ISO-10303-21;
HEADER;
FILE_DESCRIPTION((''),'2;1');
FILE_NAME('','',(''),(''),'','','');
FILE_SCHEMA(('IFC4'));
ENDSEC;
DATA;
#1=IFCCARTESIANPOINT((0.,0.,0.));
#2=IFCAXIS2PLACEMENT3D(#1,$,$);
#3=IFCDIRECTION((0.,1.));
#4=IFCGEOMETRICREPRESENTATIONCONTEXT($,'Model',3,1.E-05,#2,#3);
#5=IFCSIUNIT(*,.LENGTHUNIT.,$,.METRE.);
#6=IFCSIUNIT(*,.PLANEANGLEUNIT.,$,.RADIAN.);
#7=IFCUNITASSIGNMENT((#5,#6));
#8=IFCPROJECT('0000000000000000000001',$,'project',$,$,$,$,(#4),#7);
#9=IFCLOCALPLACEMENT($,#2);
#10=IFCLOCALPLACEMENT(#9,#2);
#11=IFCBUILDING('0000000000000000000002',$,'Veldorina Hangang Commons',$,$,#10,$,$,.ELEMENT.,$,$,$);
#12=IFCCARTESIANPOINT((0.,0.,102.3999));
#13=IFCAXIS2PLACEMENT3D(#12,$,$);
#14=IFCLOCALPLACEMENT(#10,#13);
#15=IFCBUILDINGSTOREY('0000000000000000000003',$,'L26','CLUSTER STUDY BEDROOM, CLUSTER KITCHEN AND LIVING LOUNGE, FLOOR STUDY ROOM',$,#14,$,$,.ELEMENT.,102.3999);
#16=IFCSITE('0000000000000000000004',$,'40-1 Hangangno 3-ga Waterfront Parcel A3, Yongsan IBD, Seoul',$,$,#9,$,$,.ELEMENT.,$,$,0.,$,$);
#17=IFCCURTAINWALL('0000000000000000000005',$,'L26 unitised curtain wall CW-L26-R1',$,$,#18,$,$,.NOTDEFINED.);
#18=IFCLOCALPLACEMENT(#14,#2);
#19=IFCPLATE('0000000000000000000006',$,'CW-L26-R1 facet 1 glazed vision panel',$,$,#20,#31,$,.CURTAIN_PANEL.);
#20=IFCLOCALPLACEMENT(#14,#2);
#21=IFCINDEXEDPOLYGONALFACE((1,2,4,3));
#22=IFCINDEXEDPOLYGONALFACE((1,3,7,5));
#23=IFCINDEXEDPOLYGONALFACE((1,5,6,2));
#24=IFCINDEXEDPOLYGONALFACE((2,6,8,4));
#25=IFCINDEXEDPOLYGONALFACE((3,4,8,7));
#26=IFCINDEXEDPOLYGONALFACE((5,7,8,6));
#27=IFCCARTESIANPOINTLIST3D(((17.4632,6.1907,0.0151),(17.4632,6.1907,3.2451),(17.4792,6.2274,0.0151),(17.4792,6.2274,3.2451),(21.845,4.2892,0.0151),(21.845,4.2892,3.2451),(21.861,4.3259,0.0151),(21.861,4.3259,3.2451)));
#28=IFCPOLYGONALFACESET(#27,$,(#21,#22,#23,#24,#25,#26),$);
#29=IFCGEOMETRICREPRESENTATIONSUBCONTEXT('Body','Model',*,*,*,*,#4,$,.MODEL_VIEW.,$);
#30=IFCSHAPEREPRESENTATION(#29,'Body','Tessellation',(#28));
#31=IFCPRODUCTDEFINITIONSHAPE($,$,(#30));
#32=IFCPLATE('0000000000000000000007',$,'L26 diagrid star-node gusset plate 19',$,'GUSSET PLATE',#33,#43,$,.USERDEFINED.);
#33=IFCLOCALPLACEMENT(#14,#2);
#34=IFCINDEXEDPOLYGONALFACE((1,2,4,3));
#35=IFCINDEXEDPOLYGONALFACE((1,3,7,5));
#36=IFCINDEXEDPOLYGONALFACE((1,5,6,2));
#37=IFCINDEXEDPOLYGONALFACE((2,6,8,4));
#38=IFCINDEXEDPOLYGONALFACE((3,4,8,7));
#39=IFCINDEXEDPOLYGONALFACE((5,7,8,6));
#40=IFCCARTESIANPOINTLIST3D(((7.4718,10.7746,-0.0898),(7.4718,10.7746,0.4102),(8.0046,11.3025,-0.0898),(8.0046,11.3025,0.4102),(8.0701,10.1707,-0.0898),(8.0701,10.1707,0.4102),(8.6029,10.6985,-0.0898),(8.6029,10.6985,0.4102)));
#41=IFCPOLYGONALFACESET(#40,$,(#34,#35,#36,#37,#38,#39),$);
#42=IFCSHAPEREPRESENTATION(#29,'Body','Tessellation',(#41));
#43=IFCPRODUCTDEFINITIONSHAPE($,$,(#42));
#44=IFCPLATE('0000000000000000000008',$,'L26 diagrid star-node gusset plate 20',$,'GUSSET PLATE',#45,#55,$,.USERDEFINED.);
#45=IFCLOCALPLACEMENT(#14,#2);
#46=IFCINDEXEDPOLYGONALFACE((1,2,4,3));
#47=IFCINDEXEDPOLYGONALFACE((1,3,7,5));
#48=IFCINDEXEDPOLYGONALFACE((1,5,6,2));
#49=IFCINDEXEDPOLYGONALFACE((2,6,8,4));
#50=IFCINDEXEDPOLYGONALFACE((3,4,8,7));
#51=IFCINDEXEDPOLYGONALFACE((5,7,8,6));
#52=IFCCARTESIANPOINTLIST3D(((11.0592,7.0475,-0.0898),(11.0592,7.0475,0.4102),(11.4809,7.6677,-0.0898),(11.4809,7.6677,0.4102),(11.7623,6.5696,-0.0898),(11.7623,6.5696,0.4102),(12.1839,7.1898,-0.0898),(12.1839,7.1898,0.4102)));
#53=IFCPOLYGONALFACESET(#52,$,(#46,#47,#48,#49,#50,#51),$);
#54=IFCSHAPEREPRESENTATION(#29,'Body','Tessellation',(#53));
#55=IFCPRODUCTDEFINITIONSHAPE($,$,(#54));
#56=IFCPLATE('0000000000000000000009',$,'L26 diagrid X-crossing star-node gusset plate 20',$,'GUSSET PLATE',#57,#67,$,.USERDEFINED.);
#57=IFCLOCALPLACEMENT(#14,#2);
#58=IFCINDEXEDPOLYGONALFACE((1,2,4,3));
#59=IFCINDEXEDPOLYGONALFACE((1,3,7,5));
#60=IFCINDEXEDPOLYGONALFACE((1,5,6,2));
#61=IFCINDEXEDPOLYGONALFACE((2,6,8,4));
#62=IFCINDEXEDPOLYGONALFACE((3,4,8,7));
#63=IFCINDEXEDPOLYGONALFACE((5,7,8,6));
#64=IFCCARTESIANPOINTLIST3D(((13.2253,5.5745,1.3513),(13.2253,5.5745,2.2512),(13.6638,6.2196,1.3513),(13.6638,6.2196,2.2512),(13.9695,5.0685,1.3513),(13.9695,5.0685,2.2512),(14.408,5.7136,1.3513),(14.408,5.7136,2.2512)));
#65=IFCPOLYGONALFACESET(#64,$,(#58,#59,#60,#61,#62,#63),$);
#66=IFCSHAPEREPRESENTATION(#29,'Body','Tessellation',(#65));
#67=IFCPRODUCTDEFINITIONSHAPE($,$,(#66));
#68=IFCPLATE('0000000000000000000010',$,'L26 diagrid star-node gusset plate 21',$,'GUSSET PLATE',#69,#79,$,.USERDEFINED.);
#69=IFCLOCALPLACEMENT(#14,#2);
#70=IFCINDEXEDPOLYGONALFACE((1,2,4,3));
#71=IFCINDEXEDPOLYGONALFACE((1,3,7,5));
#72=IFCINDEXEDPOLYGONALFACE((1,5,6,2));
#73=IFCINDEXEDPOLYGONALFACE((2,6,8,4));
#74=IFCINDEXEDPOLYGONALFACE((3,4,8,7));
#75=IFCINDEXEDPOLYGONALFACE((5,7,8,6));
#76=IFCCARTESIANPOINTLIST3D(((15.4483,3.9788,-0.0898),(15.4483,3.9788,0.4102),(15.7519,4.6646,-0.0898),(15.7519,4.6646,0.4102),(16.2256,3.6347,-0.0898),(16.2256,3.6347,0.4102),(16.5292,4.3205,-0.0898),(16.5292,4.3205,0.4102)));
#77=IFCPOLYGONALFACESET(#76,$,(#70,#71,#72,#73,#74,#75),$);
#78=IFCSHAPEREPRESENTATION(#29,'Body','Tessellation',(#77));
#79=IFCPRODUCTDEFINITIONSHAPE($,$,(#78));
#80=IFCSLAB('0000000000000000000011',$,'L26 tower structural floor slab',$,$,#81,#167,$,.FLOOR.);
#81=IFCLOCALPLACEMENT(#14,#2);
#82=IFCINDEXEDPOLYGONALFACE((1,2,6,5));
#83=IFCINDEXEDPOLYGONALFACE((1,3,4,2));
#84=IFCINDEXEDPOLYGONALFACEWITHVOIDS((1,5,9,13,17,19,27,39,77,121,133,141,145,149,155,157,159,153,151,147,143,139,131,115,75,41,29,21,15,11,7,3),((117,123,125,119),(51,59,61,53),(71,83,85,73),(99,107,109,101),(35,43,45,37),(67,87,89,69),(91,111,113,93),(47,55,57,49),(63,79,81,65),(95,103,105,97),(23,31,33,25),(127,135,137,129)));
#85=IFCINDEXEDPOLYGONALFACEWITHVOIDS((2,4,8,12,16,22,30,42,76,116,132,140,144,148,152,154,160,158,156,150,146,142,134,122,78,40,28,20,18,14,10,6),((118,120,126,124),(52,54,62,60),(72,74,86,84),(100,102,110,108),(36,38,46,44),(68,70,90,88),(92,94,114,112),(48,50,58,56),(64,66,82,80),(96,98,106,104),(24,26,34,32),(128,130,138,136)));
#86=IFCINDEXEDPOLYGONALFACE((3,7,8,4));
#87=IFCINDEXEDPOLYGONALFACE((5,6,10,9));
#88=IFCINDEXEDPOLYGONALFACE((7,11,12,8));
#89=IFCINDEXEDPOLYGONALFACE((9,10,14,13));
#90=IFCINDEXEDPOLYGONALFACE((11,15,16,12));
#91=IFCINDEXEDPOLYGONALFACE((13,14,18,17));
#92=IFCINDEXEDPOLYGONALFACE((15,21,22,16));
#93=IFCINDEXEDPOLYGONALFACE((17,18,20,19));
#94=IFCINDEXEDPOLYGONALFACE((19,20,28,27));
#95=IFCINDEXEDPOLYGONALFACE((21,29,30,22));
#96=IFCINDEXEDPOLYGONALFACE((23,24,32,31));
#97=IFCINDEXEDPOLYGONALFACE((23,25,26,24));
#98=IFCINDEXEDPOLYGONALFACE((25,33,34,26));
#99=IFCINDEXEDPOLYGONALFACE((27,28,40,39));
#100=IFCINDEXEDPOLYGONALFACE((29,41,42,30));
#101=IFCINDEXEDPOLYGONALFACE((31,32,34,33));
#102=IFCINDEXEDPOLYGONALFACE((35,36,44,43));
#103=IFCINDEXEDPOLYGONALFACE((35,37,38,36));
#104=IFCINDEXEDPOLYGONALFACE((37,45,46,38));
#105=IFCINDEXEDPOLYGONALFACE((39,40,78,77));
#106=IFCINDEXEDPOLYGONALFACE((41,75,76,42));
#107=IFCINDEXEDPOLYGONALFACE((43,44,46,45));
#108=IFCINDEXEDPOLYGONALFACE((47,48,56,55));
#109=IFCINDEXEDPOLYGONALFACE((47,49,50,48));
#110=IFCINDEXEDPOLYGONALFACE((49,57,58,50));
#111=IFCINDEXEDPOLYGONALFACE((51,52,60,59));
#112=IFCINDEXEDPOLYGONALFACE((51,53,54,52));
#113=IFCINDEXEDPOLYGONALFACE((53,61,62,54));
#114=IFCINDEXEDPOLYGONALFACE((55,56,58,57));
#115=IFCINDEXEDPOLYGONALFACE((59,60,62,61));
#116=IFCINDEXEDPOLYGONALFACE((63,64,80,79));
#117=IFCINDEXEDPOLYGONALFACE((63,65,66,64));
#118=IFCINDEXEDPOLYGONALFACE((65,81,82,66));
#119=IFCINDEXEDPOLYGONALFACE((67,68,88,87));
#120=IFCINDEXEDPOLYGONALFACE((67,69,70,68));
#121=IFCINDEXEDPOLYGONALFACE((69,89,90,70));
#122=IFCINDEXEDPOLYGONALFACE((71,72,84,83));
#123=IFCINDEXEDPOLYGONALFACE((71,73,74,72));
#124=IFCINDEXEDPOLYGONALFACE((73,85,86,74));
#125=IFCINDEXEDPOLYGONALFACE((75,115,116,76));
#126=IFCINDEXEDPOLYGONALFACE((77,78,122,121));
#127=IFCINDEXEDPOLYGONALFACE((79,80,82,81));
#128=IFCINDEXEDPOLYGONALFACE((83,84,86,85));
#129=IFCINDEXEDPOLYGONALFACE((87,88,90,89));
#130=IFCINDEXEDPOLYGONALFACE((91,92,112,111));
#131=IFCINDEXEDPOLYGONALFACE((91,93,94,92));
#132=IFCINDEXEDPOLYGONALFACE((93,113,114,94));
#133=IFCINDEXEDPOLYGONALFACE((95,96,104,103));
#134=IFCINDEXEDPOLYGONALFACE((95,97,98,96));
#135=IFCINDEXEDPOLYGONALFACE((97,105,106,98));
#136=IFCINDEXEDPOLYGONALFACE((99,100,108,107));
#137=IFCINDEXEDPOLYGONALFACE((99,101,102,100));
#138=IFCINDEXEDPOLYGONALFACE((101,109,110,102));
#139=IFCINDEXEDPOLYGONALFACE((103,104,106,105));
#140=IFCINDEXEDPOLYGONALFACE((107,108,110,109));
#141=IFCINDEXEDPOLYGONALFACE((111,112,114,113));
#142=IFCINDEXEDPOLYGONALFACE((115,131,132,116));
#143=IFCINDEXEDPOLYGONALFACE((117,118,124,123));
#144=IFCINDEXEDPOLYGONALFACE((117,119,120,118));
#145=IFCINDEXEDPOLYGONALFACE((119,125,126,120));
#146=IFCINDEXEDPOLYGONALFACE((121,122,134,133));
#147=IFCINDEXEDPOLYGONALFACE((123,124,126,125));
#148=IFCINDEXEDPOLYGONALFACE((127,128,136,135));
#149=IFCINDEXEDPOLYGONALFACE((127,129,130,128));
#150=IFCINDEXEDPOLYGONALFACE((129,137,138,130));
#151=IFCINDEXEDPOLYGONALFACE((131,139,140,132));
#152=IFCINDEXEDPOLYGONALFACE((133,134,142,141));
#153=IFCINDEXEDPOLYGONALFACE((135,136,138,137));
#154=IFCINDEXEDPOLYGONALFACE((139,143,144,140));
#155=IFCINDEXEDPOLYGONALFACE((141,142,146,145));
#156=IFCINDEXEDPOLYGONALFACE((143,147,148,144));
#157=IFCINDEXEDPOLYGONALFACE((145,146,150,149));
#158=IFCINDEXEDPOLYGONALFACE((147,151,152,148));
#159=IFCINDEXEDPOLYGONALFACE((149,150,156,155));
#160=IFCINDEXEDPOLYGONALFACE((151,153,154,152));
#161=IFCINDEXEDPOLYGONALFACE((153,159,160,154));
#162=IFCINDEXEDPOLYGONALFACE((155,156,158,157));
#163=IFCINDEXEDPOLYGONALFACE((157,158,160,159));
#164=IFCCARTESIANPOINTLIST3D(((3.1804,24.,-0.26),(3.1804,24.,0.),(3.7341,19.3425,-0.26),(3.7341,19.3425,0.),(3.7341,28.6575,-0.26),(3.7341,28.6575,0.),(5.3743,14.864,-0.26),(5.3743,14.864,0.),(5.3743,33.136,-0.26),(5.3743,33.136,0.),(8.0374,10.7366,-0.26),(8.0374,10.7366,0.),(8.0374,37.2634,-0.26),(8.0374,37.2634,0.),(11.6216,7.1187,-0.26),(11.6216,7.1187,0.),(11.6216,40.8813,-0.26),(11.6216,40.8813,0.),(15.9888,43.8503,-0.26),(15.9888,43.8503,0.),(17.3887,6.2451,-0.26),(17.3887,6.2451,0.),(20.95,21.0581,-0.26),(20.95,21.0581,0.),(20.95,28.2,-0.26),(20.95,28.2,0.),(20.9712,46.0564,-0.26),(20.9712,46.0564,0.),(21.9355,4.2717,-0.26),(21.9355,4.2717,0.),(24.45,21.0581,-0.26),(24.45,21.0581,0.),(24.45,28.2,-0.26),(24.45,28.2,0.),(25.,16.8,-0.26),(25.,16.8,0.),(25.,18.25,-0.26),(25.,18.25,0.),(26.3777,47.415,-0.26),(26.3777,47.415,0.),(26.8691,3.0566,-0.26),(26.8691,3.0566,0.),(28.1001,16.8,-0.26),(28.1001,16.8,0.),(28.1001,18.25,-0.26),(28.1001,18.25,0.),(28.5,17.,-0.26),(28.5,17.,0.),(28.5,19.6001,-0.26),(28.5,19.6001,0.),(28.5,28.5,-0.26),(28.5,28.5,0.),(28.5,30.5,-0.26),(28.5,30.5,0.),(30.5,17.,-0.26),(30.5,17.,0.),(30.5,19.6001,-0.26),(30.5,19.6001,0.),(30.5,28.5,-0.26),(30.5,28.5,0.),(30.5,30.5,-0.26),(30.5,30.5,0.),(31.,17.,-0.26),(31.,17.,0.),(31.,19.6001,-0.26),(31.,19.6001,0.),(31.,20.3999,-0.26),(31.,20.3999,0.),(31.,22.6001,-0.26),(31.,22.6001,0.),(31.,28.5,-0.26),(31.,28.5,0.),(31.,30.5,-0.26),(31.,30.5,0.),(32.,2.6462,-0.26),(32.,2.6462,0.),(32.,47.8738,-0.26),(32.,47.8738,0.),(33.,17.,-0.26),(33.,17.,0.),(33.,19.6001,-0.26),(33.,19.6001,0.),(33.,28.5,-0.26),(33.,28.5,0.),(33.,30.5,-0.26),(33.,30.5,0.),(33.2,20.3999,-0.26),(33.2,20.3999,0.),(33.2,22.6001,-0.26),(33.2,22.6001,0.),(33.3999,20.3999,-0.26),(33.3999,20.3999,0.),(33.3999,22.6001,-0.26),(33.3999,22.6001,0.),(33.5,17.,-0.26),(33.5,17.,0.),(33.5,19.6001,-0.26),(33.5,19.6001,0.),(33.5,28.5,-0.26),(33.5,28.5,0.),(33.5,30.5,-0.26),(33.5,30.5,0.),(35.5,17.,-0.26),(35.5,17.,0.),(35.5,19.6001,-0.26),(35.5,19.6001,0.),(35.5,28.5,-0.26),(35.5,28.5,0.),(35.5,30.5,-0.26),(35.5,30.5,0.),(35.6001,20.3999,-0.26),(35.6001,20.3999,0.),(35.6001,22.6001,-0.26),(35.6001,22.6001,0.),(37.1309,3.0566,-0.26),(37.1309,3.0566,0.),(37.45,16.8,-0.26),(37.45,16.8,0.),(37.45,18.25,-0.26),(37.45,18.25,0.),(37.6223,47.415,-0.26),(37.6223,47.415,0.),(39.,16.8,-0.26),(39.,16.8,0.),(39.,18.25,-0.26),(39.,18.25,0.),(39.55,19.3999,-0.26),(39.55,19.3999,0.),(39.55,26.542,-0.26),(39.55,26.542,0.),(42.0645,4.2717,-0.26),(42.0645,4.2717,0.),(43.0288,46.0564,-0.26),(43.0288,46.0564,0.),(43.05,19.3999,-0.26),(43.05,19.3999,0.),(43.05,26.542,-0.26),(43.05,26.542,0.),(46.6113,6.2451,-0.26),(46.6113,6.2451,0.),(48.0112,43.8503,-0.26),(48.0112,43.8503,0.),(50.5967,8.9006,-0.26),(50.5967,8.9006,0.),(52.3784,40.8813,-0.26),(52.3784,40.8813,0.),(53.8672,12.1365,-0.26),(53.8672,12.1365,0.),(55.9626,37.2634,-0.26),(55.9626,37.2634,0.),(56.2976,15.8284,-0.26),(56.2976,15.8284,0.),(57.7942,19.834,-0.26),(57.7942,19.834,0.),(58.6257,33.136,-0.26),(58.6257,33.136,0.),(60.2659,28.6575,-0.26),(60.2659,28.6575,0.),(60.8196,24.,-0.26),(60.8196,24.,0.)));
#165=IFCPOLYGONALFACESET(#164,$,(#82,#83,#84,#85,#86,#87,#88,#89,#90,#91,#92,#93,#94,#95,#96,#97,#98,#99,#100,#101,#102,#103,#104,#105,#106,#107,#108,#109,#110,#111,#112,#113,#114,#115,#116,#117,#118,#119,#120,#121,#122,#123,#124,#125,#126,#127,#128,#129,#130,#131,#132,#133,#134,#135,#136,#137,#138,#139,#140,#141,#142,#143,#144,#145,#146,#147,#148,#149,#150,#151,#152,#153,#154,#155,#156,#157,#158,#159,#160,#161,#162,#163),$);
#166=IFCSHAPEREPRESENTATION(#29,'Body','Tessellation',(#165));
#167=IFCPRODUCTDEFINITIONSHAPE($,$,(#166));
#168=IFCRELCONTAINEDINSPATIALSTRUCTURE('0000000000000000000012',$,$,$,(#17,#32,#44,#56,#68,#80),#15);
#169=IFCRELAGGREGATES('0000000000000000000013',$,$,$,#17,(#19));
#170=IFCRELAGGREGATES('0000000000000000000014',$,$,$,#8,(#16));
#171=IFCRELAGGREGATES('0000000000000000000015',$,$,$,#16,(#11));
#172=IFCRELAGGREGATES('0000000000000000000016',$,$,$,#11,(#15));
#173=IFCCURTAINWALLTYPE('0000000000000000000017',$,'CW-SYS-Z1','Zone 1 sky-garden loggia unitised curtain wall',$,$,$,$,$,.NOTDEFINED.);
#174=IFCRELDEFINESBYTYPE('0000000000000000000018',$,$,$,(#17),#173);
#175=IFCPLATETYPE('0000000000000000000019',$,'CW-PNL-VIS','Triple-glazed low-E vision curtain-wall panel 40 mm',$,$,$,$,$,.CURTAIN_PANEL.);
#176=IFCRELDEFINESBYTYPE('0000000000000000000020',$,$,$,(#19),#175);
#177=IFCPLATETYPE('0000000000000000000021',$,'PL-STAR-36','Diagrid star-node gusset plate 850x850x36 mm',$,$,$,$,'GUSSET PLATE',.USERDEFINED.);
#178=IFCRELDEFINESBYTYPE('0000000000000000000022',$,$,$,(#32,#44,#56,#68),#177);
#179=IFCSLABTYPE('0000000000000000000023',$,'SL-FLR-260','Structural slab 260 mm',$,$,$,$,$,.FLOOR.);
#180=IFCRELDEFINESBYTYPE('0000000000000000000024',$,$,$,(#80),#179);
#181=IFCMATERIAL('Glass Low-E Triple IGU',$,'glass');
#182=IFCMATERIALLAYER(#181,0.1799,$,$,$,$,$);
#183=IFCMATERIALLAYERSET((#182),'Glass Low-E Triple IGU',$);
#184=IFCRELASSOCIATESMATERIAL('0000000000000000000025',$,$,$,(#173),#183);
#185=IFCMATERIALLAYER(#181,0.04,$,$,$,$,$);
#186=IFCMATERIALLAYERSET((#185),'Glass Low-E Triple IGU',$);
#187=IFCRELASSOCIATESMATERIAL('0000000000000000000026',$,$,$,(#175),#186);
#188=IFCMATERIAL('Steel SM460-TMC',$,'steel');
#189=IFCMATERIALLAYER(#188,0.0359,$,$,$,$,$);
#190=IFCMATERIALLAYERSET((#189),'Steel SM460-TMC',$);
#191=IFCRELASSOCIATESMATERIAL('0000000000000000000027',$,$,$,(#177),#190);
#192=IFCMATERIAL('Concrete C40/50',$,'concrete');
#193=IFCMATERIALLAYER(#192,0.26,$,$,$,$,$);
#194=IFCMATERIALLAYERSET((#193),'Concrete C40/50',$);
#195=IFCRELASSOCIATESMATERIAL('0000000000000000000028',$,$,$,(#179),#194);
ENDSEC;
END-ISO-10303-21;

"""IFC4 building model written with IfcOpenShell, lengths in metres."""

from ifc_helpers import new_model, si_unit, direction, frame, origin, origin_2d, place, context, subcontext, project, spatial, polyline, rectangle, outline, extrude, material, layer, layer_set, type_object, element, aggregate, save


model = new_model("IFC4")

# Units and contexts
model_context = context("Model", 3, precision=1e-05, world=origin(), true_north=direction((0.0, 1.0)))
body_context = subcontext(model_context, "Body", "Model", "MODEL_VIEW")
ifc_project = project(units=[si_unit("LENGTHUNIT", "METRE"), si_unit("PLANEANGLEUNIT", "RADIAN")], contexts=[model_context])

# Site, building, storey
site_placement = place(None, origin())
site = spatial("IfcSite", under=ifc_project, at=site_placement, Name="40-1 Hangangno 3-ga Waterfront Parcel A3, Yongsan IBD, Seoul", CompositionType="ELEMENT", RefElevation=0.0)
building_placement = place(site_placement, origin())
building = spatial("IfcBuilding", under=site, at=building_placement, Name="Veldorina Hangang Commons", CompositionType="ELEMENT")
storey_placement = place(building_placement, frame((0.0, 0.0, 102.3999)))
storey = spatial("IfcBuildingStorey", under=building, at=storey_placement, Name="L26", Description="CLUSTER STUDY BEDROOM, CLUSTER KITCHEN AND LIVING LOUNGE, FLOOR STUDY ROOM", CompositionType="ELEMENT", Elevation=102.3999)

# Curtain wall
ifc_material_1 = material(Name="Glass Low-E Triple IGU", Category="glass")
ifc_layer_1 = layer(ifc_material_1, 0.1799)
ifc_layer_set_1 = layer_set([ifc_layer_1], Name="Glass Low-E Triple IGU")
curtain_wall_type = type_object("IfcCurtainWallType", Name="CW-SYS-Z1", Description="Zone 1 sky-garden loggia unitised curtain wall", PredefinedType="NOTDEFINED", material=ifc_layer_set_1)
curtain_wall_placement = place(storey_placement, origin())
curtain_wall = element("IfcCurtainWall", 1, at=curtain_wall_placement, inside=storey, type_object=curtain_wall_type, Name="L26 unitised curtain wall CW-L26-R1", PredefinedType="NOTDEFINED")

# Shared definitions
ifc_material_2 = material(Name="Steel SM460-TMC", Category="steel")

# Plate
ifc_layer_2 = layer(ifc_material_1, 0.04)
ifc_layer_set_2 = layer_set([ifc_layer_2], Name="Glass Low-E Triple IGU")
plate_type_1 = type_object("IfcPlateType", Name="CW-PNL-VIS", Description="Triple-glazed low-E vision curtain-wall panel 40 mm", PredefinedType="CURTAIN_PANEL", material=ifc_layer_set_2)
plate_1_placement = place(storey_placement, frame((19.6621, 5.2583, 0.0151), z_axis=(0.0, 0.0, 1.0), x_axis=(0.917345, -0.398093, 0.0)))
plate_1 = element("IfcPlate", 2, at=plate_1_placement, type_object=plate_type_1, Name="CW-L26-R1 facet 1 glazed vision panel", PredefinedType="CURTAIN_PANEL", context=body_context, shape_type="SweptSolid", body=[
    extrude(rectangle(XDim=4.7766, YDim=0.04, at=origin_2d()), origin(), (0.0, 0.0, 1.0), 3.23),
])
aggregate(curtain_wall, [plate_1])

# Plates
ifc_layer_3 = layer(ifc_material_2, 0.0359)
ifc_layer_set_3 = layer_set([ifc_layer_3], Name="Steel SM460-TMC")
plate_type_2 = type_object("IfcPlateType", Name="PL-STAR-36", Description="Diagrid star-node gusset plate 850x850x36 mm", ElementType="GUSSET PLATE", PredefinedType="USERDEFINED", material=ifc_layer_set_3)
for number, where, z_axis, x_axis, name in (
    (3, (8.0374, 10.7366, -0.0898), (0.0, 0.0, 1.0), (0.703792, -0.710407, 0.0), "L26 diagrid star-node gusset plate 19"),
    (4, (11.6216, 7.1187, -0.0898), (0.0, 0.0, 1.0), (0.826992, -0.562213, 0.0), "L26 diagrid star-node gusset plate 20"),
):
    element("IfcPlate", number, at=place(storey_placement, frame(where, z_axis=z_axis, x_axis=x_axis)), inside=storey, type_object=plate_type_2, Name=name, ObjectType="GUSSET PLATE", PredefinedType="USERDEFINED", context=body_context, shape_type="SweptSolid", body=[
        extrude(rectangle(XDim=0.8501, YDim=0.75, at=origin_2d()), origin(), (0.0, 0.0, 1.0), 0.5),
    ])
plate_2_placement = place(storey_placement, frame((13.8167, 5.644, 1.3513), z_axis=(0.0, 0.0, 1.0), x_axis=(0.826992, -0.562213, 0.0)))
element("IfcPlate", 5, at=plate_2_placement, inside=storey, type_object=plate_type_2, Name="L26 diagrid X-crossing star-node gusset plate 20", ObjectType="GUSSET PLATE", PredefinedType="USERDEFINED", context=body_context, shape_type="SweptSolid", body=[
    extrude(rectangle(XDim=0.8999, YDim=0.78, at=origin_2d()), origin(), (0.0, 0.0, 1.0), 0.8999),
])
plate_3_placement = place(storey_placement, frame((15.9888, 4.1497, -0.0898), z_axis=(0.0, 0.0, 1.0), x_axis=(0.914381, -0.404854, 0.0)))
element("IfcPlate", 6, at=plate_3_placement, inside=storey, type_object=plate_type_2, Name="L26 diagrid star-node gusset plate 21", ObjectType="GUSSET PLATE", PredefinedType="USERDEFINED", context=body_context, shape_type="SweptSolid", body=[
    extrude(rectangle(XDim=0.8501, YDim=0.75, at=origin_2d()), origin(), (0.0, 0.0, 1.0), 0.5),
])

# Slab
ifc_material_3 = material(Name="Concrete C40/50", Category="concrete")
ifc_layer_4 = layer(ifc_material_3, 0.26)
ifc_layer_set_4 = layer_set([ifc_layer_4], Name="Concrete C40/50")
slab_type_1 = type_object("IfcSlabType", Name="SL-FLR-260", Description="Structural slab 260 mm", PredefinedType="FLOOR", material=ifc_layer_set_4)
slab_1_placement = place(storey_placement, frame((0.0, 0.0, -0.26)))
element("IfcSlab", 7, at=slab_1_placement, inside=storey, type_object=slab_type_1, Name="L26 tower structural floor slab", PredefinedType="FLOOR", context=body_context, shape_type="SweptSolid", body=[
    extrude(outline(polyline([(60.8196, 24.0), (60.2659, 28.6575), (58.6257, 33.136), (55.9626, 37.2634), (52.3784, 40.8813), (48.0112, 43.8503), (43.0288, 46.0564), (37.6223, 47.415), (32.0, 47.8738), (26.3777, 47.415), (20.9712, 46.0564), (15.9888, 43.8503), (11.6216, 40.8813), (8.0374, 37.2634), (5.3743, 33.136), (3.7341, 28.6575), (3.1804, 24.0), (3.7341, 19.3425), (5.3743, 14.864), (8.0374, 10.7366), (11.6216, 7.1187), (17.3887, 6.2451), (21.9355, 4.2717), (26.8691, 3.0566), (32.0, 2.6462), (37.1309, 3.0566), (42.0645, 4.2717), (46.6113, 6.2451), (50.5967, 8.9006), (53.8672, 12.1365), (56.2976, 15.8284), (57.7942, 19.834), (60.8196, 24.0)]), holes=[polyline([(20.95, 21.0581), (20.95, 28.2), (24.45, 28.2), (24.45, 21.0581), (20.95, 21.0581)]), polyline([(43.05, 26.542), (43.05, 19.3999), (39.55, 19.3999), (39.55, 26.542), (43.05, 26.542)]), polyline([(28.5, 30.5), (30.5, 30.5), (30.5, 28.5), (28.5, 28.5), (28.5, 30.5)]), polyline([(31.0, 30.5), (33.0, 30.5), (33.0, 28.5), (31.0, 28.5), (31.0, 30.5)]), polyline([(33.5, 30.5), (35.5, 30.5), (35.5, 28.5), (33.5, 28.5), (33.5, 30.5)]), polyline([(31.0, 22.6001), (33.2, 22.6001), (33.2, 20.3999), (31.0, 20.3999), (31.0, 22.6001)]), polyline([(33.3999, 22.6001), (35.6001, 22.6001), (35.6001, 20.3999), (33.3999, 20.3999), (33.3999, 22.6001)]), polyline([(28.5, 19.6001), (30.5, 19.6001), (30.5, 17.0), (28.5, 17.0), (28.5, 19.6001)]), polyline([(31.0, 19.6001), (33.0, 19.6001), (33.0, 17.0), (31.0, 17.0), (31.0, 19.6001)]), polyline([(33.5, 19.6001), (35.5, 19.6001), (35.5, 17.0), (33.5, 17.0), (33.5, 19.6001)]), polyline([(25.0, 18.25), (28.1001, 18.25), (28.1001, 16.8), (25.0, 16.8), (25.0, 18.25)]), polyline([(37.45, 18.25), (39.0, 18.25), (39.0, 16.8), (37.45, 16.8), (37.45, 18.25)])]), origin(), (0.0, 0.0, 1.0), 0.26),
])

save(model, "model.ifc")
